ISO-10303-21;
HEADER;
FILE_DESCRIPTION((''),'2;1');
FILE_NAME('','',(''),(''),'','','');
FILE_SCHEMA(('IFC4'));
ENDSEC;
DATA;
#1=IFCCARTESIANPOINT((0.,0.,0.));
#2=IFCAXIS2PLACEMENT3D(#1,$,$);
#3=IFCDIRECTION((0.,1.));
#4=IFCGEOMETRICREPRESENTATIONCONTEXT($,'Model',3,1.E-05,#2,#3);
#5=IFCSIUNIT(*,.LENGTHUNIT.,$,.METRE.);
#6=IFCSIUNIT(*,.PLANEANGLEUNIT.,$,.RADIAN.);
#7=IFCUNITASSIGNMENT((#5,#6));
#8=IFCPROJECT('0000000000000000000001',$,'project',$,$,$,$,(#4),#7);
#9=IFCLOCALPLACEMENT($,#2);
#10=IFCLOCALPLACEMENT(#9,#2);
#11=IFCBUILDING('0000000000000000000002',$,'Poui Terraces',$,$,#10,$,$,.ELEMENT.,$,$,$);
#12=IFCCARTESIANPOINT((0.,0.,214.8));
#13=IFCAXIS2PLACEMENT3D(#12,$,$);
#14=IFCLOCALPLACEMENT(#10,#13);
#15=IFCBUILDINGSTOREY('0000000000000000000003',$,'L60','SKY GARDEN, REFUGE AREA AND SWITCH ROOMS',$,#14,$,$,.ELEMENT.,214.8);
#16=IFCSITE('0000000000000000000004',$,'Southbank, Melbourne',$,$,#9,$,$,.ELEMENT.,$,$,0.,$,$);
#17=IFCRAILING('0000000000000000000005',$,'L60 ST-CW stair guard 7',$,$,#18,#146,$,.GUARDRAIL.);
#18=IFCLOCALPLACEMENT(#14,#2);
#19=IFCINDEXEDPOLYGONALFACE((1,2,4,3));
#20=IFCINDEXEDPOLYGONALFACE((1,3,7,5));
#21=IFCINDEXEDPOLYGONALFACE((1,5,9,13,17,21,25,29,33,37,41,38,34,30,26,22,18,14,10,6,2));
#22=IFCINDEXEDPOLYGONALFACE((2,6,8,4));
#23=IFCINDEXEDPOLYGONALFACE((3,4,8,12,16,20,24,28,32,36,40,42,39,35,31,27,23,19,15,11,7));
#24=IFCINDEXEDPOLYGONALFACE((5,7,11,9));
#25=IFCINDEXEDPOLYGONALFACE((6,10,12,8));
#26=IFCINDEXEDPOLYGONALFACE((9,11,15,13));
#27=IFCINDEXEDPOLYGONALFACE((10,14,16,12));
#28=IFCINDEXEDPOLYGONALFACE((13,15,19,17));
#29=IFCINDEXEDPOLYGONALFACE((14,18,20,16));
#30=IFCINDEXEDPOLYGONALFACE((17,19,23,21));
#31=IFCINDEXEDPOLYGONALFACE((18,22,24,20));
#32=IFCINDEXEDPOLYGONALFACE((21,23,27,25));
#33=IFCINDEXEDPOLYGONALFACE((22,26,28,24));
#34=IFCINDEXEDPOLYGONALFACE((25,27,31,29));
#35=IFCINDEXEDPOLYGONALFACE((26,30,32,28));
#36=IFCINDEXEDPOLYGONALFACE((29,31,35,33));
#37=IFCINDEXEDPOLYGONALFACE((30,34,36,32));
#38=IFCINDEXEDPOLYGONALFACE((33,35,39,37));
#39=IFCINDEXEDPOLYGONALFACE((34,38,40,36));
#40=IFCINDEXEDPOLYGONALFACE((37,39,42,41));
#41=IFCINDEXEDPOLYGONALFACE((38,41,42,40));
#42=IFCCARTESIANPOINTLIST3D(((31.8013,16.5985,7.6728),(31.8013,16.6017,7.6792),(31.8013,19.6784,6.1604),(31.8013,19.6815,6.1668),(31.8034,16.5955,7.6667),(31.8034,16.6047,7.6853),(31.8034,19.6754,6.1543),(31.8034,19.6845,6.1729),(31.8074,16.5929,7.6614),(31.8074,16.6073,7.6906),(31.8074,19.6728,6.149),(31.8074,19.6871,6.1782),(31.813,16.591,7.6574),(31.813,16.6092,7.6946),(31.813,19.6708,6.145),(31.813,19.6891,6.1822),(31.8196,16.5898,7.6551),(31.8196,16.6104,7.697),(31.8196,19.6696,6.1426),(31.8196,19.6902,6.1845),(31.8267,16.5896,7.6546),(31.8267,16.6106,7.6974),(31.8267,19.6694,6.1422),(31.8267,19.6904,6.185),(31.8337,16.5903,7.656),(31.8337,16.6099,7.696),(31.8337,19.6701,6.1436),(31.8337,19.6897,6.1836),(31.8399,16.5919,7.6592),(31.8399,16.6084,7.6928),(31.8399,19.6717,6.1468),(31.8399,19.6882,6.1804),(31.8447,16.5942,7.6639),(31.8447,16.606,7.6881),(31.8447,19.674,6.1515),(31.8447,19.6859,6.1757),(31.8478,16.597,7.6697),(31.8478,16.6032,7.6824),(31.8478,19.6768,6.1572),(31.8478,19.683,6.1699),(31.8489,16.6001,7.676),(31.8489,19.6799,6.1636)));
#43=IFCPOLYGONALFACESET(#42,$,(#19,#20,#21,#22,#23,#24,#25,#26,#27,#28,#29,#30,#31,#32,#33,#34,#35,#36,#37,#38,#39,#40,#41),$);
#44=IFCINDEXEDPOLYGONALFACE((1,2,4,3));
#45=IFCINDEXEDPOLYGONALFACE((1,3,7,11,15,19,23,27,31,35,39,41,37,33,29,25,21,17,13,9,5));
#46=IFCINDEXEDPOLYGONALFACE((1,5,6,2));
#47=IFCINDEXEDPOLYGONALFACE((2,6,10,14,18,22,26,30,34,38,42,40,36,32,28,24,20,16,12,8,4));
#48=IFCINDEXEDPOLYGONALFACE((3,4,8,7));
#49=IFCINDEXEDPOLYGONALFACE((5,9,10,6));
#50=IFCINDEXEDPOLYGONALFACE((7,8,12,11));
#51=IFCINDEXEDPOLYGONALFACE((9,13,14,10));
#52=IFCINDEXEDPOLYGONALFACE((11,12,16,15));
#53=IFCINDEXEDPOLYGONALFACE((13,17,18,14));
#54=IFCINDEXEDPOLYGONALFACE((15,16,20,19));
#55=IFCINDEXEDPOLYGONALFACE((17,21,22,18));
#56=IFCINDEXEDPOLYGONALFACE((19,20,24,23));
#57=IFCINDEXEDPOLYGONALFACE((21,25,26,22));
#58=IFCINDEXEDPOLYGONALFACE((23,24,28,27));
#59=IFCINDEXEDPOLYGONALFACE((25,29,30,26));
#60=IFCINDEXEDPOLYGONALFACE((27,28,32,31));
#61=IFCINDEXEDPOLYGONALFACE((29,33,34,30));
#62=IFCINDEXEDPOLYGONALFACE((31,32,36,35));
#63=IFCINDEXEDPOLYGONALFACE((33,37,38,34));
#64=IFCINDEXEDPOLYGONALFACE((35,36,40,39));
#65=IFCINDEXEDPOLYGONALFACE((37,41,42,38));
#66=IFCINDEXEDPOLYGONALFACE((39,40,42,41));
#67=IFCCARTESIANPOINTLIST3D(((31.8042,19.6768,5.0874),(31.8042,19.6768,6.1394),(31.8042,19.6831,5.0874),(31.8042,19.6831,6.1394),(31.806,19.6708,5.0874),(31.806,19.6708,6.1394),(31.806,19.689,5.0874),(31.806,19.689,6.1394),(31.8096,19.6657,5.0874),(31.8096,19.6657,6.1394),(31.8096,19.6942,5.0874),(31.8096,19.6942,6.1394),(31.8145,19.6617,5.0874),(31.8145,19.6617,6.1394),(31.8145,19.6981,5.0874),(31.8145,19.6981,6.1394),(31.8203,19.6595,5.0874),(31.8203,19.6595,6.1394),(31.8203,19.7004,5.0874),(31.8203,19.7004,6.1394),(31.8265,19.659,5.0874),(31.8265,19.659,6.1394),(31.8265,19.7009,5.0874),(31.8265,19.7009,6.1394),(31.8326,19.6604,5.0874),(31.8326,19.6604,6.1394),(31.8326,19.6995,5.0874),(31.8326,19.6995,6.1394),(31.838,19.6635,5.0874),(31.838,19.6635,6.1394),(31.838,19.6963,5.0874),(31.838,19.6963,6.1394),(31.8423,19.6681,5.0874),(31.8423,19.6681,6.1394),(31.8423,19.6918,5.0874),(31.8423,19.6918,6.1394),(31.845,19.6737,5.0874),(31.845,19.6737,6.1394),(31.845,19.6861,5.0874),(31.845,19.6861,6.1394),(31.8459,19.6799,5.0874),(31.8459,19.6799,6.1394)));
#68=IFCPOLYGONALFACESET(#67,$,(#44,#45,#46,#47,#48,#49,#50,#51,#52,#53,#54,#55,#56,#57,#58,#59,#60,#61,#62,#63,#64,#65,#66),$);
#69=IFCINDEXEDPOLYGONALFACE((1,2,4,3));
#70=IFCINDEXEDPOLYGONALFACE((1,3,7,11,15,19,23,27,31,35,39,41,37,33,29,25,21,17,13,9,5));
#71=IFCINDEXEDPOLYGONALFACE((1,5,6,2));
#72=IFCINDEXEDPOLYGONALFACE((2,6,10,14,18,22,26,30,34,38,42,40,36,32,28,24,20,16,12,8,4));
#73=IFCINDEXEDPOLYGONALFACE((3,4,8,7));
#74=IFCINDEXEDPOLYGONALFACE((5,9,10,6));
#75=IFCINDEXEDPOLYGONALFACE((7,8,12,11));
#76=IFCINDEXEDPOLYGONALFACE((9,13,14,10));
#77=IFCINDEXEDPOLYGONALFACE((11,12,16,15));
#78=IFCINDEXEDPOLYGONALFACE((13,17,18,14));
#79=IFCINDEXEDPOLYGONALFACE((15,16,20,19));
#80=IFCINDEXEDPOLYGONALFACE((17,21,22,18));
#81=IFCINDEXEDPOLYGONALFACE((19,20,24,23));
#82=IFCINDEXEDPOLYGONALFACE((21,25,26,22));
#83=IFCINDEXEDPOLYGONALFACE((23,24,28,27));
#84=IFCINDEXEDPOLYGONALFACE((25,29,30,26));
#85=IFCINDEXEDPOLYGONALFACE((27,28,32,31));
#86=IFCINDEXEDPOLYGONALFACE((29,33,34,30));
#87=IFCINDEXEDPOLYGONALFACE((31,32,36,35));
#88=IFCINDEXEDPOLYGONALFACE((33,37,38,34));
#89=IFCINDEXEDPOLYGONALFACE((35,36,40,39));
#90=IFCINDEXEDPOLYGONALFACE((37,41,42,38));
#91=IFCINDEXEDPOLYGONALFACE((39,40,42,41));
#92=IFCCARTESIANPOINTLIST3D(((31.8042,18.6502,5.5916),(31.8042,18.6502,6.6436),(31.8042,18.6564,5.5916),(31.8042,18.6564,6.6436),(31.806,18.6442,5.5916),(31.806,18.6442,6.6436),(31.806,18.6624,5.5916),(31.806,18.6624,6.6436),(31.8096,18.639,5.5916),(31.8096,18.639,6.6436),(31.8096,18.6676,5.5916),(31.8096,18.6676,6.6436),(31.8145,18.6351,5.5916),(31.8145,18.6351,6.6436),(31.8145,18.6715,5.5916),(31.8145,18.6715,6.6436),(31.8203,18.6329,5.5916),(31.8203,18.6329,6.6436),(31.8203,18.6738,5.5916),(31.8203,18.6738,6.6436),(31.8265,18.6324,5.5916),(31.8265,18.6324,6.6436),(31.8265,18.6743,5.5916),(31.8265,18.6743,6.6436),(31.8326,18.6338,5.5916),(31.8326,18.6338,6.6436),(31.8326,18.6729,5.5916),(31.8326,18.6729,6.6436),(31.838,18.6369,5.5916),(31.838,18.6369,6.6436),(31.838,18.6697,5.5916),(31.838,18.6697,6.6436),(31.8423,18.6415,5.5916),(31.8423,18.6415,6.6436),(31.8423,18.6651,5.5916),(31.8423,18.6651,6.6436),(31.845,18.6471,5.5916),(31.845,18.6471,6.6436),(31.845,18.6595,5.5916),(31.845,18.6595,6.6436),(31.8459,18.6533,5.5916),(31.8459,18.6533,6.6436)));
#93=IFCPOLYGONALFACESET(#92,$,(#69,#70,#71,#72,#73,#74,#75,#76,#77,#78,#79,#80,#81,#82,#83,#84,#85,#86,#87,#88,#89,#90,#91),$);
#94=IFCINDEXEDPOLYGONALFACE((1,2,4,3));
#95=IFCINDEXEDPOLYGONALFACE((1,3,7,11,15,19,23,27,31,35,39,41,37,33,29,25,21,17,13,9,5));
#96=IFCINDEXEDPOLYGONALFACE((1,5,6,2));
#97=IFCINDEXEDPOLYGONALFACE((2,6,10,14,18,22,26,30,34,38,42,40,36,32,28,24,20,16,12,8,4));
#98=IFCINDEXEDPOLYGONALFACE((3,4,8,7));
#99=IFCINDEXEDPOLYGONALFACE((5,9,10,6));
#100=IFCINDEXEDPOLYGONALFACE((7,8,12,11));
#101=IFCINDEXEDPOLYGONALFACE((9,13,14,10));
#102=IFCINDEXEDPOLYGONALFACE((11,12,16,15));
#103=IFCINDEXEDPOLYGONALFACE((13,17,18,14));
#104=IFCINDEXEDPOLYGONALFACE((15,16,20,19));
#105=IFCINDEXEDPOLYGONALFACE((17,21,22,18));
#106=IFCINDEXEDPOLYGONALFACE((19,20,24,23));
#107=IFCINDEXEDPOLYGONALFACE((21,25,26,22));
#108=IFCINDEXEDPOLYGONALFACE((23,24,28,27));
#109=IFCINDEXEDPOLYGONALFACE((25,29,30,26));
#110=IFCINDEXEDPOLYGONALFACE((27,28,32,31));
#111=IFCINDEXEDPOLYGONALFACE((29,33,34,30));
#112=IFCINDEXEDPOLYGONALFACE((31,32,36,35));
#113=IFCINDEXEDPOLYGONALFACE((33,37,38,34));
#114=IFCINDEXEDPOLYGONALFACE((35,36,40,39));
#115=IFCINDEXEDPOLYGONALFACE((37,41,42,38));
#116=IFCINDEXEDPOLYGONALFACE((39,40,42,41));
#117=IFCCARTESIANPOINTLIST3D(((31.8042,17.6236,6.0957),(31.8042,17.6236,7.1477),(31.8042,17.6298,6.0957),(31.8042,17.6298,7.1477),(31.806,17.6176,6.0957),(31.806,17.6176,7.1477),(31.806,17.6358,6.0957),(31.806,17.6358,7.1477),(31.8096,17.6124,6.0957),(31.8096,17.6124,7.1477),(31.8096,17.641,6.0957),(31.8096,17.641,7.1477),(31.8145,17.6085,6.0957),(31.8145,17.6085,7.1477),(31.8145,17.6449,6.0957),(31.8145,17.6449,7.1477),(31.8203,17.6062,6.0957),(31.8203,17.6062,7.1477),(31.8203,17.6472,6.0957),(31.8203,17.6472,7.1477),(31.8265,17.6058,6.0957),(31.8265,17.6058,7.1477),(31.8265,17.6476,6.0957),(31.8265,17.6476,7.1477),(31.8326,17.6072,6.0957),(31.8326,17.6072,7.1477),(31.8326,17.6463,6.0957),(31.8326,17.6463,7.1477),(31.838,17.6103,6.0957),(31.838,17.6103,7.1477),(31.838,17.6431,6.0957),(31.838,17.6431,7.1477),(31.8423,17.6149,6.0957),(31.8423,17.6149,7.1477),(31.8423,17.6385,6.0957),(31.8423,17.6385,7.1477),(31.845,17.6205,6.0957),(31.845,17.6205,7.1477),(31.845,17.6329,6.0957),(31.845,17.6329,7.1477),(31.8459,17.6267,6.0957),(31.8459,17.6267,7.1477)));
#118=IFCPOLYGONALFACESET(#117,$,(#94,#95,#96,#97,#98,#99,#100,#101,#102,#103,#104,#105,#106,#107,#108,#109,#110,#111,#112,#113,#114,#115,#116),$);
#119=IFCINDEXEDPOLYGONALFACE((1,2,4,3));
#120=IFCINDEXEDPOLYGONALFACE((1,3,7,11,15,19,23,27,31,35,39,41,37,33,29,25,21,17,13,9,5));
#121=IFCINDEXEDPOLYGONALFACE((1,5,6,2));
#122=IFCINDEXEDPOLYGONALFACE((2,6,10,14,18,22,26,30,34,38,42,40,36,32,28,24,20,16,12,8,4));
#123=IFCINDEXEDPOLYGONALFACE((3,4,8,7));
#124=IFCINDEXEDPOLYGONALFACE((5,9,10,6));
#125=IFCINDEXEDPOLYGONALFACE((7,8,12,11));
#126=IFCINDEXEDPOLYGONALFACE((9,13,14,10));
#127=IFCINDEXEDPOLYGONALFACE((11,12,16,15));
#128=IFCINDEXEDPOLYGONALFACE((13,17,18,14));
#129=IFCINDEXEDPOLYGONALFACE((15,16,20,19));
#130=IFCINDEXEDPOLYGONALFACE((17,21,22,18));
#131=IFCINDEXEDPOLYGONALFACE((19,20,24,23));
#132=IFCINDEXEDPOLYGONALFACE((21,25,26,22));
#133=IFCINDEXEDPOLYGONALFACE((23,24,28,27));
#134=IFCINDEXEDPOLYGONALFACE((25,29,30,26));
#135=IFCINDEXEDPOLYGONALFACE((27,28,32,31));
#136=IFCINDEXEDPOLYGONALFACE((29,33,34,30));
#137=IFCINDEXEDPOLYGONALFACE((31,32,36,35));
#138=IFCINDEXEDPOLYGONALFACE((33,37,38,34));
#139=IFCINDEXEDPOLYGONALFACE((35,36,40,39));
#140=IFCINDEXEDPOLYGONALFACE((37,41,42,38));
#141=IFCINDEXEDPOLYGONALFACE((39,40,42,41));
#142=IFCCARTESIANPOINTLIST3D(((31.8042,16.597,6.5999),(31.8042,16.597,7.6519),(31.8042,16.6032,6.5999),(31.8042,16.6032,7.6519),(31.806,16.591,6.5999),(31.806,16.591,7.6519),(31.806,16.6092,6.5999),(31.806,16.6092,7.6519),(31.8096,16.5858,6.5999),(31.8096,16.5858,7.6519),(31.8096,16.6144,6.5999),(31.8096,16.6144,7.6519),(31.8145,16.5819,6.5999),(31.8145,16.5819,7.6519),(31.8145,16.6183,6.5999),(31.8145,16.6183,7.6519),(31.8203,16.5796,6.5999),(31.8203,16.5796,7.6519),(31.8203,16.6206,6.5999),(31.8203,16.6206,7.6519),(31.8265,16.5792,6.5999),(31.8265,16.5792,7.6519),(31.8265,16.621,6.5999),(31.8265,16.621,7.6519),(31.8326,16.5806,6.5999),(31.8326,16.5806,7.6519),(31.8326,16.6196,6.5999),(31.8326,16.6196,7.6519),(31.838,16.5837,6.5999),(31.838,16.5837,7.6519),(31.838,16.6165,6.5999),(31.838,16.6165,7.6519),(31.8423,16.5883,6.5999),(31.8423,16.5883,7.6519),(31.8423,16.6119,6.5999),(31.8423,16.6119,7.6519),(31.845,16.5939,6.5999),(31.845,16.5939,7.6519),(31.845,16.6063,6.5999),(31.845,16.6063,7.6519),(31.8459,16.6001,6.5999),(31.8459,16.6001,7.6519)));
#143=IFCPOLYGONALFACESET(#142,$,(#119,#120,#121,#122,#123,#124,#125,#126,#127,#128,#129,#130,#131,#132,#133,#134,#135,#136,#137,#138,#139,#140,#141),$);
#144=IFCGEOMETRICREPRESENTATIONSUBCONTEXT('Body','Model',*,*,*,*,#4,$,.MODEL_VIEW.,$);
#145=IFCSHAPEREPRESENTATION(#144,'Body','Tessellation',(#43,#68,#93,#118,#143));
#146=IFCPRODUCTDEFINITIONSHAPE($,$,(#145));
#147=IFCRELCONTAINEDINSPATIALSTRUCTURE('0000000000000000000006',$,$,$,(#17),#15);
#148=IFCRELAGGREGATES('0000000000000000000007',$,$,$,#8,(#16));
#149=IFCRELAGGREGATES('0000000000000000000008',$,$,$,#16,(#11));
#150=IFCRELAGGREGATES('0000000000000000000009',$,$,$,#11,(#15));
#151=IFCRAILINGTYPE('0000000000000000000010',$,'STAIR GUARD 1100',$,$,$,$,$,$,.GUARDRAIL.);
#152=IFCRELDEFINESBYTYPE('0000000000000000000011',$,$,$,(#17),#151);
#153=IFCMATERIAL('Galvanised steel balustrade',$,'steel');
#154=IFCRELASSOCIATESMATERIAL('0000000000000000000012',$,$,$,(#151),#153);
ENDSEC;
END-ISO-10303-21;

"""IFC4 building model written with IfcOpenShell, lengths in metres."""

from ifc_helpers import new_model, si_unit, direction, frame, origin, origin_2d, place, context, subcontext, project, spatial, circle, extrude, material, type_object, element, save


model = new_model("IFC4")

# Units and contexts
model_context = context("Model", 3, precision=1e-05, world=origin(), true_north=direction((0.0, 1.0)))
body_context = subcontext(model_context, "Body", "Model", "MODEL_VIEW")
ifc_project = project(units=[si_unit("LENGTHUNIT", "METRE"), si_unit("PLANEANGLEUNIT", "RADIAN")], contexts=[model_context])

# Site, building, storey
site_placement = place(None, origin())
site = spatial("IfcSite", under=ifc_project, at=site_placement, Name="Southbank, Melbourne", CompositionType="ELEMENT", RefElevation=0.0)
building_placement = place(site_placement, origin())
building = spatial("IfcBuilding", under=site, at=building_placement, Name="Poui Terraces", CompositionType="ELEMENT")
storey_placement = place(building_placement, frame((0.0, 0.0, 214.8)))
storey = spatial("IfcBuildingStorey", under=building, at=storey_placement, Name="L60", Description="SKY GARDEN, REFUGE AREA AND SWITCH ROOMS", CompositionType="ELEMENT", Elevation=214.8)

# Railing
ifc_material_1 = material(Name="Galvanised steel balustrade", Category="steel")
railing_type_1 = type_object("IfcRailingType", Name="STAIR GUARD 1100", PredefinedType="GUARDRAIL", material=ifc_material_1)
railing_1_placement = place(storey_placement, frame((31.825, 19.6799, 5.0874)))
element("IfcRailing", 1, at=railing_1_placement, inside=storey, type_object=railing_type_1, Name="L60 ST-CW stair guard 7", PredefinedType="GUARDRAIL", context=body_context, shape_type="SweptSolid", body=[
    extrude(circle(Radius=0.0239, at=origin_2d()), frame((0.0, 0.0, 1.0762), z_axis=(0.0, -0.897606, 0.440798), x_axis=(1.0, 0.0, 0.0)), (0.0, 0.0, 1.0), 3.4312),
    extrude(circle(Radius=0.021, at=origin_2d()), origin(), (0.0, 0.0, 1.0), 1.052),
    extrude(circle(Radius=0.021, at=origin_2d()), frame((0.0, -1.0266, 0.5042)), (0.0, 0.0, 1.0), 1.052),
    extrude(circle(Radius=0.021, at=origin_2d()), frame((0.0, -2.0532, 1.0083)), (0.0, 0.0, 1.0), 1.052),
    extrude(circle(Radius=0.021, at=origin_2d()), frame((0.0, -3.0798, 1.5125)), (0.0, 0.0, 1.0), 1.052),
])

save(model, "model.ifc")
